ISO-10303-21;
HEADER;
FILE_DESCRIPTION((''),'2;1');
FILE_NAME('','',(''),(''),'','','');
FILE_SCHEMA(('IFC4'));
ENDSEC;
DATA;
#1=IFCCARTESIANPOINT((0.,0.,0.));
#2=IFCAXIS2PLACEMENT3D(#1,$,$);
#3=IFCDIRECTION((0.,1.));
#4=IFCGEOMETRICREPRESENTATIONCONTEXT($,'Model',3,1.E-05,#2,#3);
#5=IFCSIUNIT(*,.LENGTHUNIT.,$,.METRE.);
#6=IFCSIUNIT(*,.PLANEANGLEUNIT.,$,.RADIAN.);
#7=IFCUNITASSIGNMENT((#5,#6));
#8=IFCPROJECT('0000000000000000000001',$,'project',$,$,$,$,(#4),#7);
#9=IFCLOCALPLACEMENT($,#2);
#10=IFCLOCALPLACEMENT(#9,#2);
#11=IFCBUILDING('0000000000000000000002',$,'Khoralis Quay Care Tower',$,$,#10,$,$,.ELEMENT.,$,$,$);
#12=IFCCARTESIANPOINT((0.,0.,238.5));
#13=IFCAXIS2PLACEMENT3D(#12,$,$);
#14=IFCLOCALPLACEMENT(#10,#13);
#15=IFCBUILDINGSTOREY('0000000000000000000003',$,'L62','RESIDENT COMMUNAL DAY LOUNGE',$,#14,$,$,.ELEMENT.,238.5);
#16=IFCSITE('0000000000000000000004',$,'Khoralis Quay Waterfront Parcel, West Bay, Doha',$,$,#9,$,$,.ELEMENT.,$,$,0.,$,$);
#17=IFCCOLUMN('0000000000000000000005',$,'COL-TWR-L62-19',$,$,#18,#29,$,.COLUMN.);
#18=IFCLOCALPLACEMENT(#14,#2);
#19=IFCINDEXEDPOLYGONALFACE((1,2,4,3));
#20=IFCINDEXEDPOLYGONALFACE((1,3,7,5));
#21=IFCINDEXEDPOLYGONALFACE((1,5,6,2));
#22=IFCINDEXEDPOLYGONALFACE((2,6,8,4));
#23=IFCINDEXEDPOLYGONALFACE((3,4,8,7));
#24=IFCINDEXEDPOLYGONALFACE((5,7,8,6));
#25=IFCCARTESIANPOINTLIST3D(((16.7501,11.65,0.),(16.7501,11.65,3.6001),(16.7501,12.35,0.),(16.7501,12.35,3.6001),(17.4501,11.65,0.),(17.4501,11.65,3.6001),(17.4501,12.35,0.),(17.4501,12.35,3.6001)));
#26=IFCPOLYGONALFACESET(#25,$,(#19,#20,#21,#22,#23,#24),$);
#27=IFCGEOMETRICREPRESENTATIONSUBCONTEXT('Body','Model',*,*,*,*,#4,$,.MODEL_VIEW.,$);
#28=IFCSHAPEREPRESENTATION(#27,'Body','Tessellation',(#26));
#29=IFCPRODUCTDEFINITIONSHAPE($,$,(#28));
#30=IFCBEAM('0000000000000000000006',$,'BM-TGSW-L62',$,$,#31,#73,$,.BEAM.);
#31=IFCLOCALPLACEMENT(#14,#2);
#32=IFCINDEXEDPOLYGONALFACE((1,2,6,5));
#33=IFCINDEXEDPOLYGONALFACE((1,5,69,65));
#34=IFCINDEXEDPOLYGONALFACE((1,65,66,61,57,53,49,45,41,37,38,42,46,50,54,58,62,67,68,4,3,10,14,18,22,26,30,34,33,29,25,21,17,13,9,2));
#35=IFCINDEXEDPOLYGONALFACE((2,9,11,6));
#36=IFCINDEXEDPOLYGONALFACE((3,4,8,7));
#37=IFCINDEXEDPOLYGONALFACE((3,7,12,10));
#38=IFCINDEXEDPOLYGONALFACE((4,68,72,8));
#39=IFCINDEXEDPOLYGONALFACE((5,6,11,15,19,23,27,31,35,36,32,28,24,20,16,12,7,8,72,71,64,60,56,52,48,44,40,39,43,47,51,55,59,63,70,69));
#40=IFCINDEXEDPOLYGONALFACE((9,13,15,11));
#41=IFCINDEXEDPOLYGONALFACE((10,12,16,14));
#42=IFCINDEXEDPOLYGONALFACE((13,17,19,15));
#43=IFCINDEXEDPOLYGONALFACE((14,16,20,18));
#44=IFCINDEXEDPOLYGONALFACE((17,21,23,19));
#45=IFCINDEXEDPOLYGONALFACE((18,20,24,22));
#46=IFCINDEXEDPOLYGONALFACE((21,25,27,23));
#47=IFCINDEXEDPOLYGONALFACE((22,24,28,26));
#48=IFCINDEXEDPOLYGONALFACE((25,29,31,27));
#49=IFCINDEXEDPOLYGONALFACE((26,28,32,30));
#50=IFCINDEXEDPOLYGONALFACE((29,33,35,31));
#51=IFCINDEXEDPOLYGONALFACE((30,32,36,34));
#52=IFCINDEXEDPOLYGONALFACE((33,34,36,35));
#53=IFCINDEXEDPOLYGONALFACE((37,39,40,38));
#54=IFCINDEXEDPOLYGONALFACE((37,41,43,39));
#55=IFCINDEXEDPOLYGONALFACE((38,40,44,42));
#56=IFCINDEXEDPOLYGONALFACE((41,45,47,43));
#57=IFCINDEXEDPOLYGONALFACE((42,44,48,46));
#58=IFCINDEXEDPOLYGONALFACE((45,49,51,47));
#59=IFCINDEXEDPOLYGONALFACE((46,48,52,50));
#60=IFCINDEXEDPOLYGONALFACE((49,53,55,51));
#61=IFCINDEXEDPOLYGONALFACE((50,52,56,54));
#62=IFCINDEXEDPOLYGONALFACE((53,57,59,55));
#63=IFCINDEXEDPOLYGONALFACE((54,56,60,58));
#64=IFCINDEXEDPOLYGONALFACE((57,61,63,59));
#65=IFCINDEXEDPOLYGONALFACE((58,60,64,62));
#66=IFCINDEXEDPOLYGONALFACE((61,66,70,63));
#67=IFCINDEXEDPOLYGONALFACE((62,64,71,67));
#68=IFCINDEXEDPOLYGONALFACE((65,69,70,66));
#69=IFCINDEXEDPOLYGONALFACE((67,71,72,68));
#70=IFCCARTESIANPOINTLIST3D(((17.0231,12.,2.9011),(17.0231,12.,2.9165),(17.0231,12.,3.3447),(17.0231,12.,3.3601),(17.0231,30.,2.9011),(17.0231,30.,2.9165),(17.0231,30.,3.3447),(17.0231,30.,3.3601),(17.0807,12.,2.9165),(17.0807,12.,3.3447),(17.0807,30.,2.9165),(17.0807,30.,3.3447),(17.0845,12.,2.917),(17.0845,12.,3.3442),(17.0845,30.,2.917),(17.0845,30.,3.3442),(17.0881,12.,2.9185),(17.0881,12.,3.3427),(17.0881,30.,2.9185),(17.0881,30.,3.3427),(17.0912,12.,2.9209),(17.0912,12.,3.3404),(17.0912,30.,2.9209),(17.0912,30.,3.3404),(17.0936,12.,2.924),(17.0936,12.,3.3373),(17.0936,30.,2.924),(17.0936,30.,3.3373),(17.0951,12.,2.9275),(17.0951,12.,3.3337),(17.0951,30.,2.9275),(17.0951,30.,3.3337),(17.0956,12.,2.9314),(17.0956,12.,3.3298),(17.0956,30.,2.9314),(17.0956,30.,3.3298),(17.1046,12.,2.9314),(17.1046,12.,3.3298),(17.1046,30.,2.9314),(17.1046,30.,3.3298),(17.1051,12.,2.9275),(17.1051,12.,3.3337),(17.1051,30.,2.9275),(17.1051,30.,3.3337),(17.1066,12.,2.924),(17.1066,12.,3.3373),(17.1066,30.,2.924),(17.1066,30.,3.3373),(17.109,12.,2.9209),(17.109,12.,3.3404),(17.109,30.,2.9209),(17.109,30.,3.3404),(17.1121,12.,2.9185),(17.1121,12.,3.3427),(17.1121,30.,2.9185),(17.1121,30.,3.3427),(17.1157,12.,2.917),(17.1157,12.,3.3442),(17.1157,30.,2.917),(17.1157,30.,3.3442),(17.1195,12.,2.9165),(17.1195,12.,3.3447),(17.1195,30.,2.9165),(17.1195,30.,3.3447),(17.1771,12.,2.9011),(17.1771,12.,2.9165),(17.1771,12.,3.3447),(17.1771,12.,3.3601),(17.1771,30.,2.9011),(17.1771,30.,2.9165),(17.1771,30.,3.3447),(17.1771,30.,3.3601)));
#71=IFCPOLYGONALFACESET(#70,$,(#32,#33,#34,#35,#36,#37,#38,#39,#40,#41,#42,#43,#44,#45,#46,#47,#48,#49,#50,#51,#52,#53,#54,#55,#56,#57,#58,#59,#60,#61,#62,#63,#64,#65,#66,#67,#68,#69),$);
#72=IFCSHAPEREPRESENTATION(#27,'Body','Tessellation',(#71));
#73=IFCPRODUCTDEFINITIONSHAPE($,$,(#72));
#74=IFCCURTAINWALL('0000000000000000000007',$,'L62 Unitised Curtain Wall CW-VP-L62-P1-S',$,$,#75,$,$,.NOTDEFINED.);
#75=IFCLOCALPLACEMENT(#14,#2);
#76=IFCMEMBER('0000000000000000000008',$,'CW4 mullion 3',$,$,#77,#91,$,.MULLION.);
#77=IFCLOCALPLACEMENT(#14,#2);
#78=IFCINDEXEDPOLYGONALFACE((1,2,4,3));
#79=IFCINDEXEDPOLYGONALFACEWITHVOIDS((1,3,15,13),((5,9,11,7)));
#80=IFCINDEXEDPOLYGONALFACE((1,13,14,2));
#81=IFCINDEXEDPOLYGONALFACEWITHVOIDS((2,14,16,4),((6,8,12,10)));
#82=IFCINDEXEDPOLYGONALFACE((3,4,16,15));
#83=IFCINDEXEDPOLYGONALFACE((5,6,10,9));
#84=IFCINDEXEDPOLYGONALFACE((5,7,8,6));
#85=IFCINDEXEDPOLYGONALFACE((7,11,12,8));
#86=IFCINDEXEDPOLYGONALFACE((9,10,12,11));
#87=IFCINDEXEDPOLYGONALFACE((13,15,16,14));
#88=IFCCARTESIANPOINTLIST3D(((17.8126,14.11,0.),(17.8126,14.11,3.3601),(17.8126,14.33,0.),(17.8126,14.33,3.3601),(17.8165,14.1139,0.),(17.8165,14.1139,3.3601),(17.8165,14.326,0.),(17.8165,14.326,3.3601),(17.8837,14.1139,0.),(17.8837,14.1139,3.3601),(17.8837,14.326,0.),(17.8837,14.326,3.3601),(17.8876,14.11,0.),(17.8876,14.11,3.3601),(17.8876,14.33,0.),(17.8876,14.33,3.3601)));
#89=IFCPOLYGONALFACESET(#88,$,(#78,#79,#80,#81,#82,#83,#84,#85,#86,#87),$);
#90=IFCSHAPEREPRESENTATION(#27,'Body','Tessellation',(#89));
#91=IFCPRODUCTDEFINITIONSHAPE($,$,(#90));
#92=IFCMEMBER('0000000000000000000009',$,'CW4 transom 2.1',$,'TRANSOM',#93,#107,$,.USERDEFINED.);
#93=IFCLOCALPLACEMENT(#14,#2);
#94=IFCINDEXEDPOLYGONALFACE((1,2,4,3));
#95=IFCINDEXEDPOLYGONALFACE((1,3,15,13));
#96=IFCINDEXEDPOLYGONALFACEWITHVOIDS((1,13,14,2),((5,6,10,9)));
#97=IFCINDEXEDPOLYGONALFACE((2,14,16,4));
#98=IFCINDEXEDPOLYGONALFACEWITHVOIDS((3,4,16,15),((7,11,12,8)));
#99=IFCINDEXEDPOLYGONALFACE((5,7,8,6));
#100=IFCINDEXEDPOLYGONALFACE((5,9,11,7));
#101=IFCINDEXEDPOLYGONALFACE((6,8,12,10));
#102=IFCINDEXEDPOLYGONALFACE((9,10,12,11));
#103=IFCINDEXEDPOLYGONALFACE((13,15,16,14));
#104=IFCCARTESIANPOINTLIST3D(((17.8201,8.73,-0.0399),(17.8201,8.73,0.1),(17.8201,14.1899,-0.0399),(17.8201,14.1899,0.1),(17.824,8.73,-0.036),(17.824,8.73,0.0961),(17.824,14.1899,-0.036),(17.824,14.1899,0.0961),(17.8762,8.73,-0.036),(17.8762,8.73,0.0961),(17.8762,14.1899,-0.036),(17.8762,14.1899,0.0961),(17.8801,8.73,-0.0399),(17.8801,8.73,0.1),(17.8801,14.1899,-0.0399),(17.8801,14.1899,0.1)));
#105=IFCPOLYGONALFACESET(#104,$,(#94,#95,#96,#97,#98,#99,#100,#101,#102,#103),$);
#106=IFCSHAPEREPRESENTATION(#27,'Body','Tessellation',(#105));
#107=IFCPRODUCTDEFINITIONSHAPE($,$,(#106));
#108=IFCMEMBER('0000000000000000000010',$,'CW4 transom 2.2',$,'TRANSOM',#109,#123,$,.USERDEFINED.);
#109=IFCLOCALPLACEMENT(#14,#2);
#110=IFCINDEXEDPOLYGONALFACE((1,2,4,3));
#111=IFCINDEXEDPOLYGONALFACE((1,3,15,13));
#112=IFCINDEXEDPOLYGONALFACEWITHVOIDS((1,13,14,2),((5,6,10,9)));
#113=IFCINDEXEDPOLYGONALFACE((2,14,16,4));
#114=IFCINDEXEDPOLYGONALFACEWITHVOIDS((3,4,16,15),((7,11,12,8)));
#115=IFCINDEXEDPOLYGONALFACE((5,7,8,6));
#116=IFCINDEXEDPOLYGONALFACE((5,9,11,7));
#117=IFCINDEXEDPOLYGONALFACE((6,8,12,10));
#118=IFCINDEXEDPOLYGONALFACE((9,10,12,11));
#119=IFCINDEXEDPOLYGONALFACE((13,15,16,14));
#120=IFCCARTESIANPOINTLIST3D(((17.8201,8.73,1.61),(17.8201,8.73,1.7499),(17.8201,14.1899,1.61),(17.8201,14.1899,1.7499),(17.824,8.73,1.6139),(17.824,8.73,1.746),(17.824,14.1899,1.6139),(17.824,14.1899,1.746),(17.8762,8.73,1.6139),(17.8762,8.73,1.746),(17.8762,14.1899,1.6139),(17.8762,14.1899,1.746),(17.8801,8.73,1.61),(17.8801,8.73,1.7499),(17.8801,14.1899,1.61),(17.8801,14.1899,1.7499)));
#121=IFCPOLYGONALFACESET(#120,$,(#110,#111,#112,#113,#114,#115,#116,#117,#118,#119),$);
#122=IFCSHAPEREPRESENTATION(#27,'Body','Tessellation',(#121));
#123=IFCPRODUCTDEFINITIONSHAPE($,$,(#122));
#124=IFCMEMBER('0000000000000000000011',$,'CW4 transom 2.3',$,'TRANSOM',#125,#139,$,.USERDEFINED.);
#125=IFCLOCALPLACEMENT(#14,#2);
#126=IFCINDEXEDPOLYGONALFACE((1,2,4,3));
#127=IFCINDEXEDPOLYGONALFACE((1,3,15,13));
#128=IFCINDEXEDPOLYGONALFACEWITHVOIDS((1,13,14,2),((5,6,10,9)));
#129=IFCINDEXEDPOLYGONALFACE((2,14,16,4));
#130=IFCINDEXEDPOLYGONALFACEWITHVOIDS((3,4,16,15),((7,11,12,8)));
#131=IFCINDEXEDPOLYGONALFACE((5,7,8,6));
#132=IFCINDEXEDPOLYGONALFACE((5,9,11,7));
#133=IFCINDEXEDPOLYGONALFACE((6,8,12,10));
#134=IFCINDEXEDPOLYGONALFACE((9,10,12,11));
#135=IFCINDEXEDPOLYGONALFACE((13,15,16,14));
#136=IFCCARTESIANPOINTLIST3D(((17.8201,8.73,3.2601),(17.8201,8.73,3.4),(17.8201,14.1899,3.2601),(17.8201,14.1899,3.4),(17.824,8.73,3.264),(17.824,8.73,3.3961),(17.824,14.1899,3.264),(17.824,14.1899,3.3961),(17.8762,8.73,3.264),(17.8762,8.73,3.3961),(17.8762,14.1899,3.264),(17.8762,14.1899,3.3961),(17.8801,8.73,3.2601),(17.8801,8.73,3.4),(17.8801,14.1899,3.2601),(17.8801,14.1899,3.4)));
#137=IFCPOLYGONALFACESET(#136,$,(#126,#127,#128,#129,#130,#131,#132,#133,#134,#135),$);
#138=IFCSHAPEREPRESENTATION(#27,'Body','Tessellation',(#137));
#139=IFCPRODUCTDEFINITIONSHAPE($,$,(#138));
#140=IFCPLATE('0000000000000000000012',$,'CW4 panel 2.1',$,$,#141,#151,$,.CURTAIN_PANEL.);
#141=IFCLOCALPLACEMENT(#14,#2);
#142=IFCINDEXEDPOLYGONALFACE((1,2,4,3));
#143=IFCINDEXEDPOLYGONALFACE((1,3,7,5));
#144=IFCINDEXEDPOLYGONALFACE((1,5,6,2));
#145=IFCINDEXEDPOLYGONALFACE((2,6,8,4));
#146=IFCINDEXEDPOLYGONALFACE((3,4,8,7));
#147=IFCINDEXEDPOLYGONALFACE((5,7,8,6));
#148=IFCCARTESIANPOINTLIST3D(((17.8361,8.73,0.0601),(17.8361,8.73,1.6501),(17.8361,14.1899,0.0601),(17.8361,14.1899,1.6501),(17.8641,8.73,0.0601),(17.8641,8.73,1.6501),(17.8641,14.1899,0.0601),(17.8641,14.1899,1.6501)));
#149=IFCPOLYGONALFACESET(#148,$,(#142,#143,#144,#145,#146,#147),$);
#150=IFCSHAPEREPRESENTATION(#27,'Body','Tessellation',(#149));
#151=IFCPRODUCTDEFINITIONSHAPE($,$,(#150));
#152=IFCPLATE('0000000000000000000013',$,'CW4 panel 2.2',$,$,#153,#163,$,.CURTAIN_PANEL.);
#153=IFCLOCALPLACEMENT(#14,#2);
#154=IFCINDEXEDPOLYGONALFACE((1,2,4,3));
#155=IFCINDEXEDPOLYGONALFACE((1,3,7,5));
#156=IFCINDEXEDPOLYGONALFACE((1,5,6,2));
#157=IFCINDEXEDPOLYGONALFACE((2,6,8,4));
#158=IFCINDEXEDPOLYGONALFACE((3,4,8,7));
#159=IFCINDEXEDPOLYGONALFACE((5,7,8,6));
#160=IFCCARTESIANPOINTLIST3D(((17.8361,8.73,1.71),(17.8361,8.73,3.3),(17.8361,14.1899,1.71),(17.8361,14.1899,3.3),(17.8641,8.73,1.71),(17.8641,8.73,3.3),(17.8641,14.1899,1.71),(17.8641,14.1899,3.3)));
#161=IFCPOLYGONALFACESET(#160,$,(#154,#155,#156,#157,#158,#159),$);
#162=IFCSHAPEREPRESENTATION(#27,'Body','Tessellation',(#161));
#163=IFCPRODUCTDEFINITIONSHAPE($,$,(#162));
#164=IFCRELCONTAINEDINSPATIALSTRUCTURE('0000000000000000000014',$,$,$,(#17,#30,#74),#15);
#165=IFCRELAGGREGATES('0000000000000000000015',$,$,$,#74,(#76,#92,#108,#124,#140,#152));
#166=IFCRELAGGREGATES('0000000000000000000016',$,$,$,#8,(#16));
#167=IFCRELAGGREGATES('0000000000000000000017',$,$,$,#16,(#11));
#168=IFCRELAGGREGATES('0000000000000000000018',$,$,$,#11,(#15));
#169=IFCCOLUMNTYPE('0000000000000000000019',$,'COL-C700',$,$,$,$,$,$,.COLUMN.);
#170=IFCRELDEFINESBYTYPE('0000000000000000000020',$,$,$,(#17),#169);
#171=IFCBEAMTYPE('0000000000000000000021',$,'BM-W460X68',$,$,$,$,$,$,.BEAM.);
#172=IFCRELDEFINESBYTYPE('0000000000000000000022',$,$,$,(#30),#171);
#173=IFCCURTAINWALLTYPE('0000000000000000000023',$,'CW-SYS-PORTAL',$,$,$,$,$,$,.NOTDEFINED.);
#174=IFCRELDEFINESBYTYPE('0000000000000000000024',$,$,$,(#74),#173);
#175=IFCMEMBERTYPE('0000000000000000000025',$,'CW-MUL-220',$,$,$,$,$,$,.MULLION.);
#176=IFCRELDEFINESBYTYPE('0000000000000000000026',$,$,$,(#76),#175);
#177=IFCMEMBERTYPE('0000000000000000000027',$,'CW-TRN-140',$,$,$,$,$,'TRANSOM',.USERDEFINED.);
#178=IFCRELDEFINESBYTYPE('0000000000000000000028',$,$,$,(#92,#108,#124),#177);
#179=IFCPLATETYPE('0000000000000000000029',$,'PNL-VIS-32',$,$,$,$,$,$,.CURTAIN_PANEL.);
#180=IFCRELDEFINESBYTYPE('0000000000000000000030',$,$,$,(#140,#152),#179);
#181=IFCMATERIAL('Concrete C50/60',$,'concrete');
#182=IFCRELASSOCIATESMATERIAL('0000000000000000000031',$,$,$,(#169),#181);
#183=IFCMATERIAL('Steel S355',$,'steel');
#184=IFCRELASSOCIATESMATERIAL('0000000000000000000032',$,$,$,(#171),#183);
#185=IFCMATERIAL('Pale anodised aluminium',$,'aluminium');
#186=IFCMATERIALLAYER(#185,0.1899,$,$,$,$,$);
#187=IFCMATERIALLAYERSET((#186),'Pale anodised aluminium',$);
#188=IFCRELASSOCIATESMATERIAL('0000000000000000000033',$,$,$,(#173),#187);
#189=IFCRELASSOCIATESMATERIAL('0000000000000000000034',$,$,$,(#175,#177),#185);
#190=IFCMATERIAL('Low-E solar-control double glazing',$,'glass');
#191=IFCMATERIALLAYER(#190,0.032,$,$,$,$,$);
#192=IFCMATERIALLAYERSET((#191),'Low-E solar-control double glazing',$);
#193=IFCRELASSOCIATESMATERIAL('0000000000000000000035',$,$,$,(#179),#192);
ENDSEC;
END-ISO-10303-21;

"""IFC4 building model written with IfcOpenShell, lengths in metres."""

from ifc_helpers import new_model, si_unit, direction, frame, origin, origin_2d, place, context, subcontext, project, spatial, rectangle, hollow_rectangle, i_section, extrude, source, transform, mapped, material, layer, layer_set, material_profile, profile_set, type_object, element, aggregate, save


model = new_model("IFC4")

# Units and contexts
model_context = context("Model", 3, precision=1e-05, world=origin(), true_north=direction((0.0, 1.0)))
body_context = subcontext(model_context, "Body", "Model", "MODEL_VIEW")
ifc_project = project(units=[si_unit("LENGTHUNIT", "METRE"), si_unit("PLANEANGLEUNIT", "RADIAN")], contexts=[model_context])

# Site, building, storey
site_placement = place(None, origin())
site = spatial("IfcSite", under=ifc_project, at=site_placement, Name="Khoralis Quay Waterfront Parcel, West Bay, Doha", CompositionType="ELEMENT", RefElevation=0.0)
building_placement = place(site_placement, origin())
building = spatial("IfcBuilding", under=site, at=building_placement, Name="Khoralis Quay Care Tower", CompositionType="ELEMENT")
storey_placement = place(building_placement, frame((0.0, 0.0, 238.5)))
storey = spatial("IfcBuildingStorey", under=building, at=storey_placement, Name="L62", Description="RESIDENT COMMUNAL DAY LOUNGE", CompositionType="ELEMENT", Elevation=238.5)

# Column
ifc_material_1 = material(Name="Concrete C50/60", Category="concrete")
ifc_material_profile_1 = material_profile(ifc_material_1, rectangle(XDim=0.7, YDim=0.7, at=origin_2d()), Name="Concrete C50/60")
ifc_profile_set_1 = profile_set([ifc_material_profile_1], Name="Concrete C50/60")
column_type = type_object("IfcColumnType", Name="COL-C700", PredefinedType="COLUMN", material=ifc_profile_set_1)
shared_shape_1 = source(origin(), body_context, "Body", "SweptSolid", [
    extrude(rectangle(XDim=0.7, YDim=0.7, at=origin_2d()), origin(), (0.0, 0.0, 1.0), 3.6001),
])
column_placement = place(storey_placement, frame((17.1001, 12.0, 0.0), z_axis=(0.0, 0.0, 1.0), x_axis=(1.0, 0.0, 0.0)))
element("IfcColumn", 1, at=column_placement, inside=storey, type_object=column_type, Name="COL-TWR-L62-19", PredefinedType="COLUMN", context=body_context, shape_type="MappedRepresentation", body=[
    mapped(shared_shape_1, transform((0.0, 0.0, 0.0), scale=1.0)),
])

# Beam
ifc_material_2 = material(Name="Steel S355", Category="steel")
ifc_material_profile_2 = material_profile(ifc_material_2, i_section(OverallWidth=0.1541, OverallDepth=0.459, WebThickness=0.009, FlangeThickness=0.0154, FilletRadius=0.0149, at=origin_2d()), Name="Steel S355")
ifc_profile_set_2 = profile_set([ifc_material_profile_2], Name="Steel S355")
beam_type = type_object("IfcBeamType", Name="BM-W460X68", PredefinedType="BEAM", material=ifc_profile_set_2)
shared_shape_2 = source(origin(), body_context, "Body", "SweptSolid", [
    extrude(i_section(OverallWidth=0.1541, OverallDepth=0.459, WebThickness=0.009, FlangeThickness=0.0154, FilletRadius=0.0149, at=origin_2d()), origin(), (0.0, 0.0, 1.0), 18.0),
])
beam_placement = place(storey_placement, frame((17.1001, 12.0, 3.1306), z_axis=(0.0, 1.0, 0.0), x_axis=(-1.0, 0.0, 0.0)))
element("IfcBeam", 2, at=beam_placement, inside=storey, type_object=beam_type, Name="BM-TGSW-L62", PredefinedType="BEAM", context=body_context, shape_type="MappedRepresentation", body=[
    mapped(shared_shape_2, transform((0.0, 0.0, 0.0), scale=1.0)),
])

# Curtain wall, members, plates
ifc_material_3 = material(Name="Pale anodised aluminium", Category="aluminium")
ifc_layer_1 = layer(ifc_material_3, 0.1899)
ifc_layer_set_1 = layer_set([ifc_layer_1], Name="Pale anodised aluminium")
curtain_wall_type = type_object("IfcCurtainWallType", Name="CW-SYS-PORTAL", PredefinedType="NOTDEFINED", material=ifc_layer_set_1)
curtain_wall_placement = place(storey_placement, origin())
curtain_wall = element("IfcCurtainWall", 3, at=curtain_wall_placement, inside=storey, type_object=curtain_wall_type, Name="L62 Unitised Curtain Wall CW-VP-L62-P1-S", PredefinedType="NOTDEFINED")
ifc_material_profile_3 = material_profile(ifc_material_3, hollow_rectangle(XDim=0.075, YDim=0.22, WallThickness=0.0039, at=origin_2d()), Name="Pale anodised aluminium")
ifc_profile_set_3 = profile_set([ifc_material_profile_3], Name="Pale anodised aluminium")
member_type_1 = type_object("IfcMemberType", Name="CW-MUL-220", PredefinedType="MULLION", material=ifc_profile_set_3)
shared_shape_3 = source(origin(), body_context, "Body", "SweptSolid", [
    extrude(hollow_rectangle(XDim=0.075, YDim=0.22, WallThickness=0.0039, at=origin_2d()), origin(), (0.0, 0.0, 1.0), 3.3601),
])
member_1_placement = place(storey_placement, frame((17.8501, 14.22, 0.0), z_axis=(0.0, 0.0, 1.0), x_axis=(-1.0, 0.0, 0.0)))
member_1 = element("IfcMember", 4, at=member_1_placement, type_object=member_type_1, Name="CW4 mullion 3", PredefinedType="MULLION", context=body_context, shape_type="MappedRepresentation", body=[
    mapped(shared_shape_3, transform((0.0, 0.0, 0.0), scale=1.0)),
])
ifc_material_profile_4 = material_profile(ifc_material_3, hollow_rectangle(XDim=0.0601, YDim=0.1399, WallThickness=0.0039, at=origin_2d()), Name="Pale anodised aluminium")
ifc_profile_set_4 = profile_set([ifc_material_profile_4], Name="Pale anodised aluminium")
member_type_2 = type_object("IfcMemberType", Name="CW-TRN-140", ElementType="TRANSOM", PredefinedType="USERDEFINED", material=ifc_profile_set_4)
shared_shape_4 = source(origin(), body_context, "Body", "SweptSolid", [
    extrude(hollow_rectangle(XDim=0.0601, YDim=0.1399, WallThickness=0.0039, at=origin_2d()), origin(), (0.0, 0.0, 1.0), 5.46),
])
member_2_placement = place(storey_placement, frame((17.8501, 8.73, 0.03), z_axis=(0.0, 1.0, 0.0), x_axis=(-1.0, 0.0, 0.0)))
member_2 = element("IfcMember", 5, at=member_2_placement, type_object=member_type_2, Name="CW4 transom 2.1", ObjectType="TRANSOM", PredefinedType="USERDEFINED", context=body_context, shape_type="MappedRepresentation", body=[
    mapped(shared_shape_4, transform((0.0, 0.0, 0.0), scale=1.0)),
])
member_3_placement = place(storey_placement, frame((17.8501, 8.73, 1.6799), z_axis=(0.0, 1.0, 0.0), x_axis=(-1.0, 0.0, 0.0)))
member_3 = element("IfcMember", 6, at=member_3_placement, type_object=member_type_2, Name="CW4 transom 2.2", ObjectType="TRANSOM", PredefinedType="USERDEFINED", context=body_context, shape_type="MappedRepresentation", body=[
    mapped(shared_shape_4, transform((0.0, 0.0, 0.0), scale=1.0)),
])
member_4_placement = place(storey_placement, frame((17.8501, 8.73, 3.3301), z_axis=(0.0, 1.0, 0.0), x_axis=(-1.0, 0.0, 0.0)))
member_4 = element("IfcMember", 7, at=member_4_placement, type_object=member_type_2, Name="CW4 transom 2.3", ObjectType="TRANSOM", PredefinedType="USERDEFINED", context=body_context, shape_type="MappedRepresentation", body=[
    mapped(shared_shape_4, transform((0.0, 0.0, 0.0), scale=1.0)),
])
ifc_material_4 = material(Name="Low-E solar-control double glazing", Category="glass")
ifc_layer_2 = layer(ifc_material_4, 0.032)
ifc_layer_set_2 = layer_set([ifc_layer_2], Name="Low-E solar-control double glazing")
plate_type = type_object("IfcPlateType", Name="PNL-VIS-32", PredefinedType="CURTAIN_PANEL", material=ifc_layer_set_2)
shared_shape_5 = source(origin(), body_context, "Body", "SweptSolid", [
    extrude(rectangle(XDim=5.46, YDim=0.0281, at=origin_2d()), origin(), (0.0, 0.0, 1.0), 1.5901),
])
plate_1_placement = place(storey_placement, frame((17.8501, 11.46, 0.0601), z_axis=(0.0, 0.0, 1.0), x_axis=(0.0, 1.0, 0.0)))
plate_1 = element("IfcPlate", 8, at=plate_1_placement, type_object=plate_type, Name="CW4 panel 2.1", PredefinedType="CURTAIN_PANEL", context=body_context, shape_type="MappedRepresentation", body=[
    mapped(shared_shape_5, transform((0.0, 0.0, 0.0), scale=1.0)),
])
plate_2_placement = place(storey_placement, frame((17.8501, 11.46, 1.71), z_axis=(0.0, 0.0, 1.0), x_axis=(0.0, 1.0, 0.0)))
plate_2 = element("IfcPlate", 9, at=plate_2_placement, type_object=plate_type, Name="CW4 panel 2.2", PredefinedType="CURTAIN_PANEL", context=body_context, shape_type="MappedRepresentation", body=[
    mapped(shared_shape_5, transform((0.0, 0.0, 0.0), scale=1.0)),
])
aggregate(curtain_wall, [member_1, member_2, member_3, member_4, plate_1, plate_2])

save(model, "model.ifc")
